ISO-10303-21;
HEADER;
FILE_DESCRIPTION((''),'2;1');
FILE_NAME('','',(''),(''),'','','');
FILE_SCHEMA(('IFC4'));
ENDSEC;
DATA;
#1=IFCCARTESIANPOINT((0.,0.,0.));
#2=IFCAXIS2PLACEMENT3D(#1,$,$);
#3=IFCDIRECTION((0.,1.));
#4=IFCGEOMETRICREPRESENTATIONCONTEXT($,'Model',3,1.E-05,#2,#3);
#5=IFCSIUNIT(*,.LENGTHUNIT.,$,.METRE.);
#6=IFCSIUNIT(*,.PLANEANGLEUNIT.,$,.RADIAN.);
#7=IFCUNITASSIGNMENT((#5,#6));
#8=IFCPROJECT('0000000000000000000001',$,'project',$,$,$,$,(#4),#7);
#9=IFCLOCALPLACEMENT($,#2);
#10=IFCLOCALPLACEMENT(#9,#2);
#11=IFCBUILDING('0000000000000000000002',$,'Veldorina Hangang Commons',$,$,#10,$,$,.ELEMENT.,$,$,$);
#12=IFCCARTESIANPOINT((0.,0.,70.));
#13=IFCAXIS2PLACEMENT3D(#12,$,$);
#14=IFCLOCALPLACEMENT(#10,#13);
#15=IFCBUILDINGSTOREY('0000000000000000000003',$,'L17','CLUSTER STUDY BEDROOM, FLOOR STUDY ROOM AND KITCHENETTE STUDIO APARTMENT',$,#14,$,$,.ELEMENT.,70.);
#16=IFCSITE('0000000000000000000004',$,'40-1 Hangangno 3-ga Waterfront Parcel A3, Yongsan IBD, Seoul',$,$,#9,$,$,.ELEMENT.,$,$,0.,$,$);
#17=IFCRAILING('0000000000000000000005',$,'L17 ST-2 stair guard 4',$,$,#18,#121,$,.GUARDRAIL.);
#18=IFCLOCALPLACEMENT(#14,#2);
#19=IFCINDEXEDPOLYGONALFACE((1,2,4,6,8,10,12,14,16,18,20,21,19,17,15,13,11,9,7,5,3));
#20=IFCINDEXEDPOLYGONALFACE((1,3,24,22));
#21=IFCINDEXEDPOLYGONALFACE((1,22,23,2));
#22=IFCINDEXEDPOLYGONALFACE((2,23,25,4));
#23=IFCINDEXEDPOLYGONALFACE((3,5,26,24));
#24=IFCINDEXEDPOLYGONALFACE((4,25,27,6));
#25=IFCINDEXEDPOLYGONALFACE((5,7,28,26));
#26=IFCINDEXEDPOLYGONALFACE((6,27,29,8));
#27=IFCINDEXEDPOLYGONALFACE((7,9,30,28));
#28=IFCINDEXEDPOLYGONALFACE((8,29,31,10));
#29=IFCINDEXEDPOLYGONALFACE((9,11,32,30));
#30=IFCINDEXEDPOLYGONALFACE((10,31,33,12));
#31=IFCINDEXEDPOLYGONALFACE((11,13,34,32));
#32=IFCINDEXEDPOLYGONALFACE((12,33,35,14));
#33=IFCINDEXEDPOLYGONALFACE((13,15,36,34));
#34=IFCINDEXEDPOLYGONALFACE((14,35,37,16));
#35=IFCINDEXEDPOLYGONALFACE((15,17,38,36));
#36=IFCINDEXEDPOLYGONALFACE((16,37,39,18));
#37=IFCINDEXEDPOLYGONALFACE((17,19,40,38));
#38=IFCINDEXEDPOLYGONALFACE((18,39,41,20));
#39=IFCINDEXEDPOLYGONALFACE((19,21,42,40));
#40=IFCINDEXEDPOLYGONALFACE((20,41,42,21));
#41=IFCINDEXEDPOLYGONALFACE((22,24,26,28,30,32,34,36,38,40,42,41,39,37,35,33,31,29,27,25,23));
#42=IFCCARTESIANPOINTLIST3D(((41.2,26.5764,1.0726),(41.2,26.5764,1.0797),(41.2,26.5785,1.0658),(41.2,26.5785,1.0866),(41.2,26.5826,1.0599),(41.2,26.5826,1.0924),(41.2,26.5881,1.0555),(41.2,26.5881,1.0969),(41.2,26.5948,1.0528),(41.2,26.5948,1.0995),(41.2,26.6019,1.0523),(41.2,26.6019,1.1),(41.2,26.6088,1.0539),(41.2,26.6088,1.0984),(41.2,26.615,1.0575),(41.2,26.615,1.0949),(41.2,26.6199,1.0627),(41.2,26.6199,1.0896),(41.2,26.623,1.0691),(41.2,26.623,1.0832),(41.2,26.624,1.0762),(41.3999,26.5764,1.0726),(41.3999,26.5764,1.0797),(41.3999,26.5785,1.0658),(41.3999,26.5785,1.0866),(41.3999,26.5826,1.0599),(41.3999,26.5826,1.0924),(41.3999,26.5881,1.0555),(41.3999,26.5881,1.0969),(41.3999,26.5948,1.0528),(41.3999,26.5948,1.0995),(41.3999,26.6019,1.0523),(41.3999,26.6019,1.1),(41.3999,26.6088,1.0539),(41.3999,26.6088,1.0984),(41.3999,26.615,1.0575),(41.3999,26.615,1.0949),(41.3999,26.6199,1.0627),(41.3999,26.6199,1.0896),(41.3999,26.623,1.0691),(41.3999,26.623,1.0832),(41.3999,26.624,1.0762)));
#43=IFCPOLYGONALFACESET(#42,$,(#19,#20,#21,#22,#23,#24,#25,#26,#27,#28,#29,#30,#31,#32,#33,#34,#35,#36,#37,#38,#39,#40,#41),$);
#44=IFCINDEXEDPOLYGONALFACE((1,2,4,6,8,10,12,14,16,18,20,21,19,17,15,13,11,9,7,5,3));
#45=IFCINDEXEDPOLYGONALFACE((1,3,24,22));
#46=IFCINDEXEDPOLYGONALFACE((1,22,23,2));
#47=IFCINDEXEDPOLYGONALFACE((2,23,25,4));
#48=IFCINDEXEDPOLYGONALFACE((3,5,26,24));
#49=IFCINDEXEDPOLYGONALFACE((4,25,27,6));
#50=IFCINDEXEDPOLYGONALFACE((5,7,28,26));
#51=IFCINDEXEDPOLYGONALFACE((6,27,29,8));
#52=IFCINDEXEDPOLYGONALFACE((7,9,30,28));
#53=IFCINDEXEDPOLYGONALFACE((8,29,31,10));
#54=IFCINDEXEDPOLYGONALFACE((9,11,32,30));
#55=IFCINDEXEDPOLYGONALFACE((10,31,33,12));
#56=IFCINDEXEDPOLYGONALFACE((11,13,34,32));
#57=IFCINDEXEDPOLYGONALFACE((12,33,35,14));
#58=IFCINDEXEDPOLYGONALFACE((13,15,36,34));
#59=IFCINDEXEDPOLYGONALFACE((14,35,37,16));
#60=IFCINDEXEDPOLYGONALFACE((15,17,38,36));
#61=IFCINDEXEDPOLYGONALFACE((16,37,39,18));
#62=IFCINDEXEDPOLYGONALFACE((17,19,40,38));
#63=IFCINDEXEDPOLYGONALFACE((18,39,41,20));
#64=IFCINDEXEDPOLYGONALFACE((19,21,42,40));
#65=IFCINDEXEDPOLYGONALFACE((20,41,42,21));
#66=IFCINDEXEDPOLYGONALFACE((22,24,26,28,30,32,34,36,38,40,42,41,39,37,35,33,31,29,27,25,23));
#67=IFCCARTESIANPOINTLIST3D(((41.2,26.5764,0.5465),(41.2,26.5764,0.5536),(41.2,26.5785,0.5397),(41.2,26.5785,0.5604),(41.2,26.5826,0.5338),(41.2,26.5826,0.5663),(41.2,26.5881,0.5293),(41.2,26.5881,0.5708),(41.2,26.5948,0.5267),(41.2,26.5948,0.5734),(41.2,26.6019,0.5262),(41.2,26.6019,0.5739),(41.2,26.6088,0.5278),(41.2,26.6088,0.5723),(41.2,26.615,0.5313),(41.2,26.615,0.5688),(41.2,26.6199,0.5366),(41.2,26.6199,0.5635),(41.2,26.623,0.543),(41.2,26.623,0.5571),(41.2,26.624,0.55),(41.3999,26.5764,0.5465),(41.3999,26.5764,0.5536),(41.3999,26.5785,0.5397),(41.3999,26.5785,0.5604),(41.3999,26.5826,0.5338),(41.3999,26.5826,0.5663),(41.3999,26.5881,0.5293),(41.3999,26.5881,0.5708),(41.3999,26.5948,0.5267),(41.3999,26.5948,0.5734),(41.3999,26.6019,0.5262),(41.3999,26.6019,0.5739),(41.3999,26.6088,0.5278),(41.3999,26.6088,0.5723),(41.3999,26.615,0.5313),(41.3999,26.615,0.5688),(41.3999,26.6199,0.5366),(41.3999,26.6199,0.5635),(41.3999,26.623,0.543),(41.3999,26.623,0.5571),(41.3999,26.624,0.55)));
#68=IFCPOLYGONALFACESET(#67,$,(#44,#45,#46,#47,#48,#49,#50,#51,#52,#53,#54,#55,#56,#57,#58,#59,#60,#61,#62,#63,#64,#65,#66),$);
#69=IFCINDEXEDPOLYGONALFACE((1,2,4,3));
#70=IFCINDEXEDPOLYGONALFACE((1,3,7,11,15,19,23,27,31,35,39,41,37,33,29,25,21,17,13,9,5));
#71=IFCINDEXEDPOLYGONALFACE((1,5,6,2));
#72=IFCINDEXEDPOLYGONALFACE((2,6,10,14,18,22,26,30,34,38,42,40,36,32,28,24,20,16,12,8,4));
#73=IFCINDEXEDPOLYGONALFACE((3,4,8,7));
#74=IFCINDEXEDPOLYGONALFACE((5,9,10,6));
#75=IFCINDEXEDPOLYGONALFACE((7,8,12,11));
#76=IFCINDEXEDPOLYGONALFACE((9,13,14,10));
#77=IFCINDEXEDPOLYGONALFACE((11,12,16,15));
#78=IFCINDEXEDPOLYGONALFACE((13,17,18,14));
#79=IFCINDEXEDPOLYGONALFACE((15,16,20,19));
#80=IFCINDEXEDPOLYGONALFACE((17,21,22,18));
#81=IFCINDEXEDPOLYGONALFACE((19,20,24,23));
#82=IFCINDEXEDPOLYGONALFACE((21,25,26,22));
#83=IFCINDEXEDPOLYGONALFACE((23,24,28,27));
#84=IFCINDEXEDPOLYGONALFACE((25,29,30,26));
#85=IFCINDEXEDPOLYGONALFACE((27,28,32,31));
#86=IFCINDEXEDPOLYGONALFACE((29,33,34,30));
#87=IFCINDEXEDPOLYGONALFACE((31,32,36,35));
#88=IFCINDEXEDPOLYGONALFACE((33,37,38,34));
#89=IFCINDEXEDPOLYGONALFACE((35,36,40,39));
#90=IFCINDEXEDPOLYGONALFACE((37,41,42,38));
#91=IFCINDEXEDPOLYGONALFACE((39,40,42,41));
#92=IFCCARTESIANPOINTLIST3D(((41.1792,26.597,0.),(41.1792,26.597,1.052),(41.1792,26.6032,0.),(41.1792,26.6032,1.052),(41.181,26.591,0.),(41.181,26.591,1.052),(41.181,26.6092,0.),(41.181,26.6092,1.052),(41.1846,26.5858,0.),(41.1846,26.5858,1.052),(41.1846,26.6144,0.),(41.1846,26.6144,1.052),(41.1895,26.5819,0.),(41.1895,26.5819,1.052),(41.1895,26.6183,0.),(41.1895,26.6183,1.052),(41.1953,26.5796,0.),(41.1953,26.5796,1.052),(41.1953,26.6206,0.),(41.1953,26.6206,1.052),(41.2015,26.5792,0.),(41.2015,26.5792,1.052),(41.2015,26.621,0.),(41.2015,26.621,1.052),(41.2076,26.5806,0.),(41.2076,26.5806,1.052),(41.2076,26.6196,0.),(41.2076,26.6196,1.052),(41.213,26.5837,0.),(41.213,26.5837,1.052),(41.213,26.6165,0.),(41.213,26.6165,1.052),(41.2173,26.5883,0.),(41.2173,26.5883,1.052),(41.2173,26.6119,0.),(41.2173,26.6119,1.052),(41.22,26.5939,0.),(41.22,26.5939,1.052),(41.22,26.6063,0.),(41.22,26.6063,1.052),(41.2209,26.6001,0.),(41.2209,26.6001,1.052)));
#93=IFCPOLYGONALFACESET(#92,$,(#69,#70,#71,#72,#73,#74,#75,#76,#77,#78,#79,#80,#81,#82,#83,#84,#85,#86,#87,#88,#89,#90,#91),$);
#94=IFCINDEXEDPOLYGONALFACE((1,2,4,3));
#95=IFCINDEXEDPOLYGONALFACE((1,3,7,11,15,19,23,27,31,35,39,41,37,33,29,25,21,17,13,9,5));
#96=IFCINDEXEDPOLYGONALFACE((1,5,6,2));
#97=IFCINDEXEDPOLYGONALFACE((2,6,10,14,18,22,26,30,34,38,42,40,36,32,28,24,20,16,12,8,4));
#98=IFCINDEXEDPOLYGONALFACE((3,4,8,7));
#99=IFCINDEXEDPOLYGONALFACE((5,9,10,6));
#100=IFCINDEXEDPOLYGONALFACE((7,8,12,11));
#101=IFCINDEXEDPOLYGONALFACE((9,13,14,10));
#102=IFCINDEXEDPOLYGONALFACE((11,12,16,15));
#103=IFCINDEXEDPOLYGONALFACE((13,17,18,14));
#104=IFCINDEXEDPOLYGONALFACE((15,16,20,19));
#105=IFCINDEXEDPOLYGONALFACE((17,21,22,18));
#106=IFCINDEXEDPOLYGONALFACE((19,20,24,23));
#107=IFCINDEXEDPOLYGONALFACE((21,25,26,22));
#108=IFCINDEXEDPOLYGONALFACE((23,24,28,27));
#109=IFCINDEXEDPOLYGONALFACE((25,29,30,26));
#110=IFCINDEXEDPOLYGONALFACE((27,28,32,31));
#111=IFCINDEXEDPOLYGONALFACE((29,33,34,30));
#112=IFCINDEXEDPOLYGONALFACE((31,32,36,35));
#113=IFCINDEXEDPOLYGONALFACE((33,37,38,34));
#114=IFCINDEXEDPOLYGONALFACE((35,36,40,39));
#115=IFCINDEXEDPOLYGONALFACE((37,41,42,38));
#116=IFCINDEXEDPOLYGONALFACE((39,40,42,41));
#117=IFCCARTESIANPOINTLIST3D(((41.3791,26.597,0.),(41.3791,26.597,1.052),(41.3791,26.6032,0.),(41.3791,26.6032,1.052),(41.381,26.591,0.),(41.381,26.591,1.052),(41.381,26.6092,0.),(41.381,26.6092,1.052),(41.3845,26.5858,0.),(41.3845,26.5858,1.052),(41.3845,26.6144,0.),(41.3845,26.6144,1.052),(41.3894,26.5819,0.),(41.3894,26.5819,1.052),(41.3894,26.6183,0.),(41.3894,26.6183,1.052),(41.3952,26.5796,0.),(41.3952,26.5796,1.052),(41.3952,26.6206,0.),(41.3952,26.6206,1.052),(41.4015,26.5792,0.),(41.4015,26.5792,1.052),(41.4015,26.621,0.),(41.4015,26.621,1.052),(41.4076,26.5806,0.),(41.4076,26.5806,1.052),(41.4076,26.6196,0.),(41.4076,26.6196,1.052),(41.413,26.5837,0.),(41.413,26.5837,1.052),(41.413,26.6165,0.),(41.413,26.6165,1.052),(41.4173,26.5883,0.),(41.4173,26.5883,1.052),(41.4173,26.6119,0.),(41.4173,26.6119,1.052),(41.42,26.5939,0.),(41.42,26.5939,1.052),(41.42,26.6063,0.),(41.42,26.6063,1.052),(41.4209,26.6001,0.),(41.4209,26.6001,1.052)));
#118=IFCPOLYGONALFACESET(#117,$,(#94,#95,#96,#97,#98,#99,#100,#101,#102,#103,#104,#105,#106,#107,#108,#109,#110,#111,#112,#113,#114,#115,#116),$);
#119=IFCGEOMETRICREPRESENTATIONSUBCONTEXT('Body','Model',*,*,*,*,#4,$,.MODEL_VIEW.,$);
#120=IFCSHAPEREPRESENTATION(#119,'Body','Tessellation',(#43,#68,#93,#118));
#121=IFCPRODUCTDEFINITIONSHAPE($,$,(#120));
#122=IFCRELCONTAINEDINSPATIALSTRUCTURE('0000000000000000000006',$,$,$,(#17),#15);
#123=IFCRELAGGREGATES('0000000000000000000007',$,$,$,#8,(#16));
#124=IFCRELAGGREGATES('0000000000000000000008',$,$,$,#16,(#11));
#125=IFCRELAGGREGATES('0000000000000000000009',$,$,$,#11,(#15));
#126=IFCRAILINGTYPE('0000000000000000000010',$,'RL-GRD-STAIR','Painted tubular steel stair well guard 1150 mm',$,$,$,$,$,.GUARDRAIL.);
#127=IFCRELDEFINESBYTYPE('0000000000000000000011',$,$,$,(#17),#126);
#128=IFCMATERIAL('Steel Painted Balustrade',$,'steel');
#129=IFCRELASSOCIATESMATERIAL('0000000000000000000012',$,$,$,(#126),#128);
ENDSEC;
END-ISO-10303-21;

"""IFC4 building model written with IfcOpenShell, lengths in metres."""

from ifc_helpers import new_model, si_unit, direction, frame, origin, origin_2d, place, context, subcontext, project, spatial, circle, extrude, material, type_object, element, save


model = new_model("IFC4")

# Units and contexts
model_context = context("Model", 3, precision=1e-05, world=origin(), true_north=direction((0.0, 1.0)))
body_context = subcontext(model_context, "Body", "Model", "MODEL_VIEW")
ifc_project = project(units=[si_unit("LENGTHUNIT", "METRE"), si_unit("PLANEANGLEUNIT", "RADIAN")], contexts=[model_context])

# Site, building, storey
site_placement = place(None, origin())
site = spatial("IfcSite", under=ifc_project, at=site_placement, Name="40-1 Hangangno 3-ga Waterfront Parcel A3, Yongsan IBD, Seoul", CompositionType="ELEMENT", RefElevation=0.0)
building_placement = place(site_placement, origin())
building = spatial("IfcBuilding", under=site, at=building_placement, Name="Veldorina Hangang Commons", CompositionType="ELEMENT")
storey_placement = place(building_placement, frame((0.0, 0.0, 70.0)))
storey = spatial("IfcBuildingStorey", under=building, at=storey_placement, Name="L17", Description="CLUSTER STUDY BEDROOM, FLOOR STUDY ROOM AND KITCHENETTE STUDIO APARTMENT", CompositionType="ELEMENT", Elevation=70.0)

# Railing
ifc_material_1 = material(Name="Steel Painted Balustrade", Category="steel")
railing_type_1 = type_object("IfcRailingType", Name="RL-GRD-STAIR", Description="Painted tubular steel stair well guard 1150 mm", PredefinedType="GUARDRAIL", material=ifc_material_1)
railing_1_placement = place(storey_placement, frame((41.2, 26.6001, 0.0)))
element("IfcRailing", 1, at=railing_1_placement, inside=storey, type_object=railing_type_1, Name="L17 ST-2 stair guard 4", PredefinedType="GUARDRAIL", context=body_context, shape_type="SweptSolid", body=[
    extrude(circle(Radius=0.0239, at=origin_2d()), frame((0.0, 0.0, 1.0762), z_axis=(1.0, 0.0, 0.0), x_axis=(0.0, 1.0, 0.0)), (0.0, 0.0, 1.0), 0.2),
    extrude(circle(Radius=0.0239, at=origin_2d()), frame((0.0, 0.0, 0.55), z_axis=(1.0, 0.0, 0.0), x_axis=(0.0, 1.0, 0.0)), (0.0, 0.0, 1.0), 0.2),
    extrude(circle(Radius=0.021, at=origin_2d()), origin(), (0.0, 0.0, 1.0), 1.052),
    extrude(circle(Radius=0.021, at=origin_2d()), frame((0.2, 0.0, 0.0)), (0.0, 0.0, 1.0), 1.052),
])

save(model, "model.ifc")
